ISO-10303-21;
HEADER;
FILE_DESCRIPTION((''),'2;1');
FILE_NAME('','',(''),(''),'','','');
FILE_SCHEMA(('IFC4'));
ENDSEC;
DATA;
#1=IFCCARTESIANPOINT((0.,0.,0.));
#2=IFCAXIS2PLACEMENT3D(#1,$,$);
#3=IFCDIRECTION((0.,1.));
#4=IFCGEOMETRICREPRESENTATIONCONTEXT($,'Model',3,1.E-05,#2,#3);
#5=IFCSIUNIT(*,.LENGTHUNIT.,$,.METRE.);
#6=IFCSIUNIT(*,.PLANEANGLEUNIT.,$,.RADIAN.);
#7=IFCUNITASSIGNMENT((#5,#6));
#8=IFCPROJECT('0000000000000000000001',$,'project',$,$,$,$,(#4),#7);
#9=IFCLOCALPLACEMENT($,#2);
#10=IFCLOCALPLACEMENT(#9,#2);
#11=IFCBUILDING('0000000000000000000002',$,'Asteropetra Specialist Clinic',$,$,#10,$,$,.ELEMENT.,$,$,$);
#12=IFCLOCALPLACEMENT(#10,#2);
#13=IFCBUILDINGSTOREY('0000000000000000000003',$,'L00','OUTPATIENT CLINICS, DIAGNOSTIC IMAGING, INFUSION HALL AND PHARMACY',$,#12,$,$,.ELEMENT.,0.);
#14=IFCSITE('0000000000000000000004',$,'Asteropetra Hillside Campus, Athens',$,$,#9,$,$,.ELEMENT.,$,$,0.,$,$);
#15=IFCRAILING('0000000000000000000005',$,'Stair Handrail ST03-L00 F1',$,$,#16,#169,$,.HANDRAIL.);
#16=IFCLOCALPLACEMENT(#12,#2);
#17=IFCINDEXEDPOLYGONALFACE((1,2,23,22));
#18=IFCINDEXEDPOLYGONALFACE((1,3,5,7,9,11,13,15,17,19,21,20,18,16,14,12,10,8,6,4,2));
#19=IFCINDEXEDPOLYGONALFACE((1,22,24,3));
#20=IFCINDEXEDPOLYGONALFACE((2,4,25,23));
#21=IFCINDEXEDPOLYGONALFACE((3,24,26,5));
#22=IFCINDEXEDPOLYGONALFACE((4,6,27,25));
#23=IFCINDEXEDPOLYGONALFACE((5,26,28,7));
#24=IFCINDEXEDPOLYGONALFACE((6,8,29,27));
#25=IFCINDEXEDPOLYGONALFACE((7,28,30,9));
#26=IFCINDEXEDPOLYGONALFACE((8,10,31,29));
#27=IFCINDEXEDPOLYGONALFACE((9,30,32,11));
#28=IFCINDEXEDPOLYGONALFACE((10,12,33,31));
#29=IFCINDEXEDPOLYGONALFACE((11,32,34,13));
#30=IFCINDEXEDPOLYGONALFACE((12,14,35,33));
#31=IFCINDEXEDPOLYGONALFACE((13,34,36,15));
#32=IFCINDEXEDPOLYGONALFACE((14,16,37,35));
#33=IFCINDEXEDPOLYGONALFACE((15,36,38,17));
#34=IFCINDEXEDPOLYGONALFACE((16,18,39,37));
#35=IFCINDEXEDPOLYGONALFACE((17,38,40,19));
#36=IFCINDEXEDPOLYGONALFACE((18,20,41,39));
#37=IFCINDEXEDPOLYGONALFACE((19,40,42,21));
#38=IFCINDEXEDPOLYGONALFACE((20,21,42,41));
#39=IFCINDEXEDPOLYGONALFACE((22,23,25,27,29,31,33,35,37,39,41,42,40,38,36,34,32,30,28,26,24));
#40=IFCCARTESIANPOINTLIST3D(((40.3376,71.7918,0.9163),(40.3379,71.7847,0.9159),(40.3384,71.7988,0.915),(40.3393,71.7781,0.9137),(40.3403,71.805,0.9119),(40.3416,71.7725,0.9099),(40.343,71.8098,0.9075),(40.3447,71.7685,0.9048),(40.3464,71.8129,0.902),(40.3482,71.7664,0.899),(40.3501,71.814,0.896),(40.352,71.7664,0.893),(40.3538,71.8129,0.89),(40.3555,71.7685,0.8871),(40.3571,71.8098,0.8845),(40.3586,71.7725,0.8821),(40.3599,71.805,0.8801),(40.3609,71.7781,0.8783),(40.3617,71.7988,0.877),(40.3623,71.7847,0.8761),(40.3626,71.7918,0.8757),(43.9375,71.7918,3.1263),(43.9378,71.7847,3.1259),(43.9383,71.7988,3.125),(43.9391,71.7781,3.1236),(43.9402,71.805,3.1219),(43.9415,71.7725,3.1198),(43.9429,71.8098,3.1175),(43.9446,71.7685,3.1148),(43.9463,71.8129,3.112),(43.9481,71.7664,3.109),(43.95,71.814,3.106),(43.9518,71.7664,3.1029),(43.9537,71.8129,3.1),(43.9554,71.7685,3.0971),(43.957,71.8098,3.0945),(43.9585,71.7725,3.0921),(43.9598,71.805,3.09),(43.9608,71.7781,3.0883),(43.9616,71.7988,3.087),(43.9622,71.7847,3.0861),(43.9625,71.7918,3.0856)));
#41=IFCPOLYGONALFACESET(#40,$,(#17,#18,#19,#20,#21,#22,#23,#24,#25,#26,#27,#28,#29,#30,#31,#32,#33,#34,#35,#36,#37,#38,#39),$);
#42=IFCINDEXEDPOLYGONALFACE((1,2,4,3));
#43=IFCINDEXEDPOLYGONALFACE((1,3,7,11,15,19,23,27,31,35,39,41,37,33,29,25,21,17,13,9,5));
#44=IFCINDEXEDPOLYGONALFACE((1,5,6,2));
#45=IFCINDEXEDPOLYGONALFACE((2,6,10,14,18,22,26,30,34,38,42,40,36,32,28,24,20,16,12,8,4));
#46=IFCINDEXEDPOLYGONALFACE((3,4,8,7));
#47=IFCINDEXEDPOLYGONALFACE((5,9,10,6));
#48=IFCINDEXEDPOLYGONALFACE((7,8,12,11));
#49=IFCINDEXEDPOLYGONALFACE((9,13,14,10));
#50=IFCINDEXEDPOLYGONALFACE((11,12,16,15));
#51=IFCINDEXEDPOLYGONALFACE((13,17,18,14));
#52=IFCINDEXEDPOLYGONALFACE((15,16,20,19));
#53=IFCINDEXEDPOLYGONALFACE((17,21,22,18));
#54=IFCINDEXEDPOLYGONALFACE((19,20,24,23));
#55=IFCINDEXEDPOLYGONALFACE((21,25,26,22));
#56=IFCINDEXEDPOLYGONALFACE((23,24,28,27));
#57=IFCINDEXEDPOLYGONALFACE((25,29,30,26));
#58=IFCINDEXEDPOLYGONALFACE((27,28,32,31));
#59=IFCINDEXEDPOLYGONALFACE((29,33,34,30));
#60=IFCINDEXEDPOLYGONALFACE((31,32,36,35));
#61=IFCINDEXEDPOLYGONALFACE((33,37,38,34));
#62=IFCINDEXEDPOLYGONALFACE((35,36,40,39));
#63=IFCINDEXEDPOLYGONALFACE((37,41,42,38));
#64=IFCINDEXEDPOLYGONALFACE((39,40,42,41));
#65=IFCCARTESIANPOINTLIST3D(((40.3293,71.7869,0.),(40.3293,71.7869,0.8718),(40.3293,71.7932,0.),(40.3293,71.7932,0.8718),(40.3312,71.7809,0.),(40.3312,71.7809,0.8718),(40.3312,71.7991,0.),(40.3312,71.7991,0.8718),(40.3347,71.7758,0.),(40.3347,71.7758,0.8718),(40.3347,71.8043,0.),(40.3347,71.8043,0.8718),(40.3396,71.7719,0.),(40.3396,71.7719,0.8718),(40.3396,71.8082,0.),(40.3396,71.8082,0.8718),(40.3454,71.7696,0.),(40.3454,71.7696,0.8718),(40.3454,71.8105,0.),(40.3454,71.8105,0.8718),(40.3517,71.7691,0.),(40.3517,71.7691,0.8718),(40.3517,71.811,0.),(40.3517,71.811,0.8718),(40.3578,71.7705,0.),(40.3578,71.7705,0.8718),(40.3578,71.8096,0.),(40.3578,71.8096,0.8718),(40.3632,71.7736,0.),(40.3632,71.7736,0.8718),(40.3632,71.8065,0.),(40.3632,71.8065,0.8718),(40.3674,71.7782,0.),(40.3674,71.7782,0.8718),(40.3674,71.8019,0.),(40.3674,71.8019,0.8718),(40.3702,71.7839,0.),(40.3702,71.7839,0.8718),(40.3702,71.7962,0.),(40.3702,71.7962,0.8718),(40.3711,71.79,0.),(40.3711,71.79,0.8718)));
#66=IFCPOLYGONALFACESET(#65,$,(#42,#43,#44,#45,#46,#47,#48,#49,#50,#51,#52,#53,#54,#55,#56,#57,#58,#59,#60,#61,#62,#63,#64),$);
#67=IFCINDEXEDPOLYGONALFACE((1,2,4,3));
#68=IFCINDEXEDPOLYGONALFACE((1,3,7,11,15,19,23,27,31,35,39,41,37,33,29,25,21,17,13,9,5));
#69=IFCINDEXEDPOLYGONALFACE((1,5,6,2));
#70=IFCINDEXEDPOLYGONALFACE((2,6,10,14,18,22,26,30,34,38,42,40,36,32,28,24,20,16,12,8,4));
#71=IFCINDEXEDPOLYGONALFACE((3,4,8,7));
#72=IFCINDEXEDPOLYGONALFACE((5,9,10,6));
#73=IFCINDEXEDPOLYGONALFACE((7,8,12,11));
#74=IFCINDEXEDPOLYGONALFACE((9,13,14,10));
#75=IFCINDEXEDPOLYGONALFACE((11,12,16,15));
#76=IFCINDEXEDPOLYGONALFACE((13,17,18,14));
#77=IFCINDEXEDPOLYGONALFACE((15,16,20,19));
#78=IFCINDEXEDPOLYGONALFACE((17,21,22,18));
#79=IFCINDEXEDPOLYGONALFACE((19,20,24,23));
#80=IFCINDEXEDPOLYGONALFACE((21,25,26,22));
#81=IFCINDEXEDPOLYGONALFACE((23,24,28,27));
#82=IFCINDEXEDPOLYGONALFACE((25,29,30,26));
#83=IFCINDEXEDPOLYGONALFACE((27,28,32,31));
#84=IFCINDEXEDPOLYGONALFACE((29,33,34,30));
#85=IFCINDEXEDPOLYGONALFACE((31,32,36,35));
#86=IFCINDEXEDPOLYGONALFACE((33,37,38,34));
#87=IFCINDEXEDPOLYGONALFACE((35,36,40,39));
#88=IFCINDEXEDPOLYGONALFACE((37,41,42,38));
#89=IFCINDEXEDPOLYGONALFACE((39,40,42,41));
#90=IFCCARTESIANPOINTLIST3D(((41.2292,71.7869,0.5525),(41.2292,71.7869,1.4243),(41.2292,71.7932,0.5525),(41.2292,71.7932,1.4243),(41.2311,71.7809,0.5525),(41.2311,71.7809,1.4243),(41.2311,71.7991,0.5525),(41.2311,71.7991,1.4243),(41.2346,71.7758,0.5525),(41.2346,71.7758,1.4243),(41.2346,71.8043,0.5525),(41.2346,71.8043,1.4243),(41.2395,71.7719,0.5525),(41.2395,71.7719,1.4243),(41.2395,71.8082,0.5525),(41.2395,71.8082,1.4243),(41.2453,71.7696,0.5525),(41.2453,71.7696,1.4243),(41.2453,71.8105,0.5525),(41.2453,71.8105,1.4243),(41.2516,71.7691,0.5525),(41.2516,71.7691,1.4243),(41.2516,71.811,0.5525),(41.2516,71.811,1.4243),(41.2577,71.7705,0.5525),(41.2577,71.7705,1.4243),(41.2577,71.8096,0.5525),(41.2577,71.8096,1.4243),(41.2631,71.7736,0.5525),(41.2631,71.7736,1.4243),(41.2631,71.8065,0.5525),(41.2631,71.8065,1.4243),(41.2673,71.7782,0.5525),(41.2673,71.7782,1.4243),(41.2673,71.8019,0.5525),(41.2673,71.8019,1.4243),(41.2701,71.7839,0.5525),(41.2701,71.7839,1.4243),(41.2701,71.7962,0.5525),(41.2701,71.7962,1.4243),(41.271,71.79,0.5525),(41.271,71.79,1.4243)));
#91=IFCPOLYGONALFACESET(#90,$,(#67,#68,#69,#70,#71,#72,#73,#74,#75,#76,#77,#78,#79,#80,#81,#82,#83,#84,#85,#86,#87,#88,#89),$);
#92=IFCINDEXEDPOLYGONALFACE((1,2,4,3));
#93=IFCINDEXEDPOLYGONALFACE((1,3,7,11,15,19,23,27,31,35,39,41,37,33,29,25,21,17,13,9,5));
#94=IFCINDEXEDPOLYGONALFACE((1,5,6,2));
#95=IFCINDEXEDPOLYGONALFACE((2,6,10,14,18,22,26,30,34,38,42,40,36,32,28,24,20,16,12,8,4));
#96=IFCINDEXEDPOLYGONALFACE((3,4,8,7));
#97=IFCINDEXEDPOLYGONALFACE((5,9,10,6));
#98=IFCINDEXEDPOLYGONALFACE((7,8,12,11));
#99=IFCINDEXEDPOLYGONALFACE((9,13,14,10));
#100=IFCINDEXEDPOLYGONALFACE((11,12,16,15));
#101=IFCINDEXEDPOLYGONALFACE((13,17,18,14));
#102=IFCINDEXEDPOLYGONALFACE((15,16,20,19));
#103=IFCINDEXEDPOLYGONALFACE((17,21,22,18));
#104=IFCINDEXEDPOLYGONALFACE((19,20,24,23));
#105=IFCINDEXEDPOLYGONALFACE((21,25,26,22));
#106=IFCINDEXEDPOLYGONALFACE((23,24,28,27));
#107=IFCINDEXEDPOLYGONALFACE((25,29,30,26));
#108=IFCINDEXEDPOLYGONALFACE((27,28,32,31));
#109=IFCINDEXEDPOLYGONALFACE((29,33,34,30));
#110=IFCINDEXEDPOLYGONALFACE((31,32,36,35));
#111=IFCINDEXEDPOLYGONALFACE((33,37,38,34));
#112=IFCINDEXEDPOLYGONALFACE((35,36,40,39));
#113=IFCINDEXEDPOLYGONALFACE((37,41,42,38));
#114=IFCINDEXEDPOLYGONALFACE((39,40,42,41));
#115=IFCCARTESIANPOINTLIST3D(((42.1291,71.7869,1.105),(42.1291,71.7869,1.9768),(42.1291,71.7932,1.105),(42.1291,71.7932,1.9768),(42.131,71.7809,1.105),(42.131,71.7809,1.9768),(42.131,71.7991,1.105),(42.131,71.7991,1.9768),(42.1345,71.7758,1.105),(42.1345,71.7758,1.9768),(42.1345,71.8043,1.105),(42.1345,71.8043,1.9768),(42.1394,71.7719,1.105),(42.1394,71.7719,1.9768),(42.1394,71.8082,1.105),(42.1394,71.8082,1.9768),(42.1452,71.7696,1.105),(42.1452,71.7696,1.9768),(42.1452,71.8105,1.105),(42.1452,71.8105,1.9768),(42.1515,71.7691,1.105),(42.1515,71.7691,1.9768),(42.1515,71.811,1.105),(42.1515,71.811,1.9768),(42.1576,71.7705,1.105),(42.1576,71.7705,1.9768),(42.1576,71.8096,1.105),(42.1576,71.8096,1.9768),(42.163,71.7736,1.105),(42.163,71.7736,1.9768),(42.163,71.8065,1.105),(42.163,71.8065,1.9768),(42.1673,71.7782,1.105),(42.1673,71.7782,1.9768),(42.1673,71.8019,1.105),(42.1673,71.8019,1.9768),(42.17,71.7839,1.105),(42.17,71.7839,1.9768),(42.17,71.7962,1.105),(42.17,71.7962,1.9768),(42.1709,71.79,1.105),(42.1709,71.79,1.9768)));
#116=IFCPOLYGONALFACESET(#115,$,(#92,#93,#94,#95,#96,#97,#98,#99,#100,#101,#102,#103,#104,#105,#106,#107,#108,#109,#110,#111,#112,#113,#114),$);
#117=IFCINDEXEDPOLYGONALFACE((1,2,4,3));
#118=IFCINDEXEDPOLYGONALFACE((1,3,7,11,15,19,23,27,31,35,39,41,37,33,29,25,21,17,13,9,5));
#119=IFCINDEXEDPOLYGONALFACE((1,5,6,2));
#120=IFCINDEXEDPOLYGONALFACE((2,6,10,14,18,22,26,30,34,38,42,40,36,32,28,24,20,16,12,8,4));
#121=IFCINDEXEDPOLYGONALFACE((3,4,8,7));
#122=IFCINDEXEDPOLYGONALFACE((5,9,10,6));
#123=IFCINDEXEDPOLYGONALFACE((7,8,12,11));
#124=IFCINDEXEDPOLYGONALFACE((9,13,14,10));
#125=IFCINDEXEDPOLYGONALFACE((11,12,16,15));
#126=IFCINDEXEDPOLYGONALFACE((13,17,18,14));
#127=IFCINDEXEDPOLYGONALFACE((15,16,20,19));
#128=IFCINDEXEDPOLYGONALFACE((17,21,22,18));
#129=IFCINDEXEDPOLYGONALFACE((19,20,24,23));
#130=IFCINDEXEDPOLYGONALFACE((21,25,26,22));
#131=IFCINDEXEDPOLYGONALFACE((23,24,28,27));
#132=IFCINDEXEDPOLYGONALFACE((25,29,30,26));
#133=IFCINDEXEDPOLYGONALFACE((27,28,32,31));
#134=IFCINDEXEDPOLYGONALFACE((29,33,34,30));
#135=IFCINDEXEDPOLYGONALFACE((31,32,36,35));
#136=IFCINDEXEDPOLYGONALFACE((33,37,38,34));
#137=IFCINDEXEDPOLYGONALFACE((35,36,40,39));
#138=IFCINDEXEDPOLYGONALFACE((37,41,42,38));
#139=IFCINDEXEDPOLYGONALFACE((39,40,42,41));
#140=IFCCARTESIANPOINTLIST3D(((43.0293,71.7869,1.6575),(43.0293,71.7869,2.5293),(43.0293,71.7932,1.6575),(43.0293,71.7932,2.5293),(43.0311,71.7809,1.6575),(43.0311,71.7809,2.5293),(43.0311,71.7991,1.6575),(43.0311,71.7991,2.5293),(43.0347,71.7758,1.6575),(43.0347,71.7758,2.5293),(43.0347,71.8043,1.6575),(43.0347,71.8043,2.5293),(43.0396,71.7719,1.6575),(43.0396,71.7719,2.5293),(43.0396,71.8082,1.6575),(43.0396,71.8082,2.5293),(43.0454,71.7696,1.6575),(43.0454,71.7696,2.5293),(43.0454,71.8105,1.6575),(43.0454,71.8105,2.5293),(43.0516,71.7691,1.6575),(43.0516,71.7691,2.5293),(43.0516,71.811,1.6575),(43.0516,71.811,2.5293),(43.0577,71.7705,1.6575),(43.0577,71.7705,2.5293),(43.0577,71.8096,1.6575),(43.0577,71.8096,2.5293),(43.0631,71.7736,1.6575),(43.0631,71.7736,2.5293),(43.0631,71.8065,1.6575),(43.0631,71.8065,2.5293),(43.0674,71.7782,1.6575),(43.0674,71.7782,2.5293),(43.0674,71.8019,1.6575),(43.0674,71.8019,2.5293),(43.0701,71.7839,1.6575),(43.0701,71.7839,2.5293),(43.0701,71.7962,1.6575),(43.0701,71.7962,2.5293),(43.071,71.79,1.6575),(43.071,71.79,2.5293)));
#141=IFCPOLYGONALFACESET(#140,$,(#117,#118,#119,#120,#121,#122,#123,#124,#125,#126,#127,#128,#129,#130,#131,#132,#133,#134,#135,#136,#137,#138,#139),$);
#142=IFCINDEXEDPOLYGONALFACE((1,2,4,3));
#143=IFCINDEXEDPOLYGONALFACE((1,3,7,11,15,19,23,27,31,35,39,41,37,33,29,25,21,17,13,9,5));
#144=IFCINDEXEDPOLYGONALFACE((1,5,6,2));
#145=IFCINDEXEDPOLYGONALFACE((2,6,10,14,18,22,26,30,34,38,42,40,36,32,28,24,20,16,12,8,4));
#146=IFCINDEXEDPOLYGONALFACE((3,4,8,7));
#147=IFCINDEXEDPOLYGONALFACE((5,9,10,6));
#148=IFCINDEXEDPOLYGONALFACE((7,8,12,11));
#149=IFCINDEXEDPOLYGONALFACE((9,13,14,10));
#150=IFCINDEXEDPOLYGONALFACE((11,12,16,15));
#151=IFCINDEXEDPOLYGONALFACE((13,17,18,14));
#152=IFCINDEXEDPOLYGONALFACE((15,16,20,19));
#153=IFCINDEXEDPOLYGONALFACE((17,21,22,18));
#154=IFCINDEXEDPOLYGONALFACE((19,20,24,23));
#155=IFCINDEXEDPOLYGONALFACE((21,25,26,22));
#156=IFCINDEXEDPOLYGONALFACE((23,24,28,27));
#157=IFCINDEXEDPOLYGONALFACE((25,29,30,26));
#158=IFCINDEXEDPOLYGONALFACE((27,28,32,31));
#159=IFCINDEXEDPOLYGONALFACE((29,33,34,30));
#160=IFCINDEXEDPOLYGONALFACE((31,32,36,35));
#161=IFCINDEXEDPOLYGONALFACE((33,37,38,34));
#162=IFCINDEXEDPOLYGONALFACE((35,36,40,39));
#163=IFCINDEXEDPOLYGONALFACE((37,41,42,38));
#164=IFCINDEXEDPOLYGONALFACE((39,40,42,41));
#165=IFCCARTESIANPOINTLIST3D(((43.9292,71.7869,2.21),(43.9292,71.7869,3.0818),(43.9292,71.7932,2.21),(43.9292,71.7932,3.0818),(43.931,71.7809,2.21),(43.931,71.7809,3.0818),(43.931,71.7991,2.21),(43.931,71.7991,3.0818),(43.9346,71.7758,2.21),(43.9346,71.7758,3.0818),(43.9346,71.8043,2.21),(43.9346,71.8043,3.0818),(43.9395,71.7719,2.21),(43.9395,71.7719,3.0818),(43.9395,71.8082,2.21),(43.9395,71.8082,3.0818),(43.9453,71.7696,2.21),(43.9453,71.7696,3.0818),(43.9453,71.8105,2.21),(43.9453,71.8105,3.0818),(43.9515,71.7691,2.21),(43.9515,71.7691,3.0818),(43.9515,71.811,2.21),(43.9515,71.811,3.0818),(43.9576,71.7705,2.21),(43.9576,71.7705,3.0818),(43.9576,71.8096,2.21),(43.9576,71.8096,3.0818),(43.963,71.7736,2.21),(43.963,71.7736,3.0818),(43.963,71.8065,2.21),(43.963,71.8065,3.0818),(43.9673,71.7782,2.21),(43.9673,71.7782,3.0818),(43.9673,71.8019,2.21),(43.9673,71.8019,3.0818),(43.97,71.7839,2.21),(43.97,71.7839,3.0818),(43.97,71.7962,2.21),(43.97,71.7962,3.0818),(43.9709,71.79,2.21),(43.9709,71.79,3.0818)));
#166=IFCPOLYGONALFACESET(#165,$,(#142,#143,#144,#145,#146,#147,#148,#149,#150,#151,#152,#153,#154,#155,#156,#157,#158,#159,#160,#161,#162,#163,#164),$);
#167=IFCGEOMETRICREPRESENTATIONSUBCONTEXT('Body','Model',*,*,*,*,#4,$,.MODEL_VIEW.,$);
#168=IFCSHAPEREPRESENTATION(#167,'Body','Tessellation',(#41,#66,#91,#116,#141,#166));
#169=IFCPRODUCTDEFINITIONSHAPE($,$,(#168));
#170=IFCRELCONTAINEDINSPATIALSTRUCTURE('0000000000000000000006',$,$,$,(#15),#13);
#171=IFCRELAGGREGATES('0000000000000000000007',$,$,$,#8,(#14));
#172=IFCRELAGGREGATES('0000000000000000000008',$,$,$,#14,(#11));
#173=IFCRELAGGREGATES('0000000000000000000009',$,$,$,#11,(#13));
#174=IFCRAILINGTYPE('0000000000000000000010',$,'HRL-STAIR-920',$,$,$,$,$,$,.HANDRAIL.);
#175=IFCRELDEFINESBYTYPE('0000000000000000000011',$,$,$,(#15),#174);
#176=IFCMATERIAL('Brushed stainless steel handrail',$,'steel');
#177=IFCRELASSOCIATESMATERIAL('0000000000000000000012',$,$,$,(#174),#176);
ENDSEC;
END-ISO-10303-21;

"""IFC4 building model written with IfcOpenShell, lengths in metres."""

from ifc_helpers import new_model, si_unit, direction, frame, origin, origin_2d, place, context, subcontext, project, spatial, circle, extrude, material, type_object, element, save


model = new_model("IFC4")

# Units and contexts
model_context = context("Model", 3, precision=1e-05, world=origin(), true_north=direction((0.0, 1.0)))
body_context = subcontext(model_context, "Body", "Model", "MODEL_VIEW")
ifc_project = project(units=[si_unit("LENGTHUNIT", "METRE"), si_unit("PLANEANGLEUNIT", "RADIAN")], contexts=[model_context])

# Site, building, storey
site_placement = place(None, origin())
site = spatial("IfcSite", under=ifc_project, at=site_placement, Name="Asteropetra Hillside Campus, Athens", CompositionType="ELEMENT", RefElevation=0.0)
building_placement = place(site_placement, origin())
building = spatial("IfcBuilding", under=site, at=building_placement, Name="Asteropetra Specialist Clinic", CompositionType="ELEMENT")
storey_placement = place(building_placement, origin())
storey = spatial("IfcBuildingStorey", under=building, at=storey_placement, Name="L00", Description="OUTPATIENT CLINICS, DIAGNOSTIC IMAGING, INFUSION HALL AND PHARMACY", CompositionType="ELEMENT", Elevation=0.0)

# Railing
ifc_material_1 = material(Name="Brushed stainless steel handrail", Category="steel")
railing_type_1 = type_object("IfcRailingType", Name="HRL-STAIR-920", PredefinedType="HANDRAIL", material=ifc_material_1)
railing_1_placement = place(storey_placement, frame((40.3501, 71.79, 0.0)))
element("IfcRailing", 1, at=railing_1_placement, inside=storey, type_object=railing_type_1, Name="Stair Handrail ST03-L00 F1", PredefinedType="HANDRAIL", context=body_context, shape_type="SweptSolid", body=[
    extrude(circle(Radius=0.0239, at=origin_2d()), frame((0.0, 0.0, 0.896), z_axis=(0.852221, 0.0, 0.523181), x_axis=(0.0, 1.0, 0.0)), (0.0, 0.0, 1.0), 4.2241),
    extrude(circle(Radius=0.021, at=origin_2d()), origin(), (0.0, 0.0, 1.0), 0.8718),
    extrude(circle(Radius=0.021, at=origin_2d()), frame((0.8999, 0.0, 0.5525)), (0.0, 0.0, 1.0), 0.8718),
    extrude(circle(Radius=0.021, at=origin_2d()), frame((1.7998, 0.0, 1.105)), (0.0, 0.0, 1.0), 0.8718),
    extrude(circle(Radius=0.021, at=origin_2d()), frame((2.7, 0.0, 1.6575)), (0.0, 0.0, 1.0), 0.8718),
    extrude(circle(Radius=0.021, at=origin_2d()), frame((3.5999, 0.0, 2.21)), (0.0, 0.0, 1.0), 0.8718),
])

save(model, "model.ifc")
